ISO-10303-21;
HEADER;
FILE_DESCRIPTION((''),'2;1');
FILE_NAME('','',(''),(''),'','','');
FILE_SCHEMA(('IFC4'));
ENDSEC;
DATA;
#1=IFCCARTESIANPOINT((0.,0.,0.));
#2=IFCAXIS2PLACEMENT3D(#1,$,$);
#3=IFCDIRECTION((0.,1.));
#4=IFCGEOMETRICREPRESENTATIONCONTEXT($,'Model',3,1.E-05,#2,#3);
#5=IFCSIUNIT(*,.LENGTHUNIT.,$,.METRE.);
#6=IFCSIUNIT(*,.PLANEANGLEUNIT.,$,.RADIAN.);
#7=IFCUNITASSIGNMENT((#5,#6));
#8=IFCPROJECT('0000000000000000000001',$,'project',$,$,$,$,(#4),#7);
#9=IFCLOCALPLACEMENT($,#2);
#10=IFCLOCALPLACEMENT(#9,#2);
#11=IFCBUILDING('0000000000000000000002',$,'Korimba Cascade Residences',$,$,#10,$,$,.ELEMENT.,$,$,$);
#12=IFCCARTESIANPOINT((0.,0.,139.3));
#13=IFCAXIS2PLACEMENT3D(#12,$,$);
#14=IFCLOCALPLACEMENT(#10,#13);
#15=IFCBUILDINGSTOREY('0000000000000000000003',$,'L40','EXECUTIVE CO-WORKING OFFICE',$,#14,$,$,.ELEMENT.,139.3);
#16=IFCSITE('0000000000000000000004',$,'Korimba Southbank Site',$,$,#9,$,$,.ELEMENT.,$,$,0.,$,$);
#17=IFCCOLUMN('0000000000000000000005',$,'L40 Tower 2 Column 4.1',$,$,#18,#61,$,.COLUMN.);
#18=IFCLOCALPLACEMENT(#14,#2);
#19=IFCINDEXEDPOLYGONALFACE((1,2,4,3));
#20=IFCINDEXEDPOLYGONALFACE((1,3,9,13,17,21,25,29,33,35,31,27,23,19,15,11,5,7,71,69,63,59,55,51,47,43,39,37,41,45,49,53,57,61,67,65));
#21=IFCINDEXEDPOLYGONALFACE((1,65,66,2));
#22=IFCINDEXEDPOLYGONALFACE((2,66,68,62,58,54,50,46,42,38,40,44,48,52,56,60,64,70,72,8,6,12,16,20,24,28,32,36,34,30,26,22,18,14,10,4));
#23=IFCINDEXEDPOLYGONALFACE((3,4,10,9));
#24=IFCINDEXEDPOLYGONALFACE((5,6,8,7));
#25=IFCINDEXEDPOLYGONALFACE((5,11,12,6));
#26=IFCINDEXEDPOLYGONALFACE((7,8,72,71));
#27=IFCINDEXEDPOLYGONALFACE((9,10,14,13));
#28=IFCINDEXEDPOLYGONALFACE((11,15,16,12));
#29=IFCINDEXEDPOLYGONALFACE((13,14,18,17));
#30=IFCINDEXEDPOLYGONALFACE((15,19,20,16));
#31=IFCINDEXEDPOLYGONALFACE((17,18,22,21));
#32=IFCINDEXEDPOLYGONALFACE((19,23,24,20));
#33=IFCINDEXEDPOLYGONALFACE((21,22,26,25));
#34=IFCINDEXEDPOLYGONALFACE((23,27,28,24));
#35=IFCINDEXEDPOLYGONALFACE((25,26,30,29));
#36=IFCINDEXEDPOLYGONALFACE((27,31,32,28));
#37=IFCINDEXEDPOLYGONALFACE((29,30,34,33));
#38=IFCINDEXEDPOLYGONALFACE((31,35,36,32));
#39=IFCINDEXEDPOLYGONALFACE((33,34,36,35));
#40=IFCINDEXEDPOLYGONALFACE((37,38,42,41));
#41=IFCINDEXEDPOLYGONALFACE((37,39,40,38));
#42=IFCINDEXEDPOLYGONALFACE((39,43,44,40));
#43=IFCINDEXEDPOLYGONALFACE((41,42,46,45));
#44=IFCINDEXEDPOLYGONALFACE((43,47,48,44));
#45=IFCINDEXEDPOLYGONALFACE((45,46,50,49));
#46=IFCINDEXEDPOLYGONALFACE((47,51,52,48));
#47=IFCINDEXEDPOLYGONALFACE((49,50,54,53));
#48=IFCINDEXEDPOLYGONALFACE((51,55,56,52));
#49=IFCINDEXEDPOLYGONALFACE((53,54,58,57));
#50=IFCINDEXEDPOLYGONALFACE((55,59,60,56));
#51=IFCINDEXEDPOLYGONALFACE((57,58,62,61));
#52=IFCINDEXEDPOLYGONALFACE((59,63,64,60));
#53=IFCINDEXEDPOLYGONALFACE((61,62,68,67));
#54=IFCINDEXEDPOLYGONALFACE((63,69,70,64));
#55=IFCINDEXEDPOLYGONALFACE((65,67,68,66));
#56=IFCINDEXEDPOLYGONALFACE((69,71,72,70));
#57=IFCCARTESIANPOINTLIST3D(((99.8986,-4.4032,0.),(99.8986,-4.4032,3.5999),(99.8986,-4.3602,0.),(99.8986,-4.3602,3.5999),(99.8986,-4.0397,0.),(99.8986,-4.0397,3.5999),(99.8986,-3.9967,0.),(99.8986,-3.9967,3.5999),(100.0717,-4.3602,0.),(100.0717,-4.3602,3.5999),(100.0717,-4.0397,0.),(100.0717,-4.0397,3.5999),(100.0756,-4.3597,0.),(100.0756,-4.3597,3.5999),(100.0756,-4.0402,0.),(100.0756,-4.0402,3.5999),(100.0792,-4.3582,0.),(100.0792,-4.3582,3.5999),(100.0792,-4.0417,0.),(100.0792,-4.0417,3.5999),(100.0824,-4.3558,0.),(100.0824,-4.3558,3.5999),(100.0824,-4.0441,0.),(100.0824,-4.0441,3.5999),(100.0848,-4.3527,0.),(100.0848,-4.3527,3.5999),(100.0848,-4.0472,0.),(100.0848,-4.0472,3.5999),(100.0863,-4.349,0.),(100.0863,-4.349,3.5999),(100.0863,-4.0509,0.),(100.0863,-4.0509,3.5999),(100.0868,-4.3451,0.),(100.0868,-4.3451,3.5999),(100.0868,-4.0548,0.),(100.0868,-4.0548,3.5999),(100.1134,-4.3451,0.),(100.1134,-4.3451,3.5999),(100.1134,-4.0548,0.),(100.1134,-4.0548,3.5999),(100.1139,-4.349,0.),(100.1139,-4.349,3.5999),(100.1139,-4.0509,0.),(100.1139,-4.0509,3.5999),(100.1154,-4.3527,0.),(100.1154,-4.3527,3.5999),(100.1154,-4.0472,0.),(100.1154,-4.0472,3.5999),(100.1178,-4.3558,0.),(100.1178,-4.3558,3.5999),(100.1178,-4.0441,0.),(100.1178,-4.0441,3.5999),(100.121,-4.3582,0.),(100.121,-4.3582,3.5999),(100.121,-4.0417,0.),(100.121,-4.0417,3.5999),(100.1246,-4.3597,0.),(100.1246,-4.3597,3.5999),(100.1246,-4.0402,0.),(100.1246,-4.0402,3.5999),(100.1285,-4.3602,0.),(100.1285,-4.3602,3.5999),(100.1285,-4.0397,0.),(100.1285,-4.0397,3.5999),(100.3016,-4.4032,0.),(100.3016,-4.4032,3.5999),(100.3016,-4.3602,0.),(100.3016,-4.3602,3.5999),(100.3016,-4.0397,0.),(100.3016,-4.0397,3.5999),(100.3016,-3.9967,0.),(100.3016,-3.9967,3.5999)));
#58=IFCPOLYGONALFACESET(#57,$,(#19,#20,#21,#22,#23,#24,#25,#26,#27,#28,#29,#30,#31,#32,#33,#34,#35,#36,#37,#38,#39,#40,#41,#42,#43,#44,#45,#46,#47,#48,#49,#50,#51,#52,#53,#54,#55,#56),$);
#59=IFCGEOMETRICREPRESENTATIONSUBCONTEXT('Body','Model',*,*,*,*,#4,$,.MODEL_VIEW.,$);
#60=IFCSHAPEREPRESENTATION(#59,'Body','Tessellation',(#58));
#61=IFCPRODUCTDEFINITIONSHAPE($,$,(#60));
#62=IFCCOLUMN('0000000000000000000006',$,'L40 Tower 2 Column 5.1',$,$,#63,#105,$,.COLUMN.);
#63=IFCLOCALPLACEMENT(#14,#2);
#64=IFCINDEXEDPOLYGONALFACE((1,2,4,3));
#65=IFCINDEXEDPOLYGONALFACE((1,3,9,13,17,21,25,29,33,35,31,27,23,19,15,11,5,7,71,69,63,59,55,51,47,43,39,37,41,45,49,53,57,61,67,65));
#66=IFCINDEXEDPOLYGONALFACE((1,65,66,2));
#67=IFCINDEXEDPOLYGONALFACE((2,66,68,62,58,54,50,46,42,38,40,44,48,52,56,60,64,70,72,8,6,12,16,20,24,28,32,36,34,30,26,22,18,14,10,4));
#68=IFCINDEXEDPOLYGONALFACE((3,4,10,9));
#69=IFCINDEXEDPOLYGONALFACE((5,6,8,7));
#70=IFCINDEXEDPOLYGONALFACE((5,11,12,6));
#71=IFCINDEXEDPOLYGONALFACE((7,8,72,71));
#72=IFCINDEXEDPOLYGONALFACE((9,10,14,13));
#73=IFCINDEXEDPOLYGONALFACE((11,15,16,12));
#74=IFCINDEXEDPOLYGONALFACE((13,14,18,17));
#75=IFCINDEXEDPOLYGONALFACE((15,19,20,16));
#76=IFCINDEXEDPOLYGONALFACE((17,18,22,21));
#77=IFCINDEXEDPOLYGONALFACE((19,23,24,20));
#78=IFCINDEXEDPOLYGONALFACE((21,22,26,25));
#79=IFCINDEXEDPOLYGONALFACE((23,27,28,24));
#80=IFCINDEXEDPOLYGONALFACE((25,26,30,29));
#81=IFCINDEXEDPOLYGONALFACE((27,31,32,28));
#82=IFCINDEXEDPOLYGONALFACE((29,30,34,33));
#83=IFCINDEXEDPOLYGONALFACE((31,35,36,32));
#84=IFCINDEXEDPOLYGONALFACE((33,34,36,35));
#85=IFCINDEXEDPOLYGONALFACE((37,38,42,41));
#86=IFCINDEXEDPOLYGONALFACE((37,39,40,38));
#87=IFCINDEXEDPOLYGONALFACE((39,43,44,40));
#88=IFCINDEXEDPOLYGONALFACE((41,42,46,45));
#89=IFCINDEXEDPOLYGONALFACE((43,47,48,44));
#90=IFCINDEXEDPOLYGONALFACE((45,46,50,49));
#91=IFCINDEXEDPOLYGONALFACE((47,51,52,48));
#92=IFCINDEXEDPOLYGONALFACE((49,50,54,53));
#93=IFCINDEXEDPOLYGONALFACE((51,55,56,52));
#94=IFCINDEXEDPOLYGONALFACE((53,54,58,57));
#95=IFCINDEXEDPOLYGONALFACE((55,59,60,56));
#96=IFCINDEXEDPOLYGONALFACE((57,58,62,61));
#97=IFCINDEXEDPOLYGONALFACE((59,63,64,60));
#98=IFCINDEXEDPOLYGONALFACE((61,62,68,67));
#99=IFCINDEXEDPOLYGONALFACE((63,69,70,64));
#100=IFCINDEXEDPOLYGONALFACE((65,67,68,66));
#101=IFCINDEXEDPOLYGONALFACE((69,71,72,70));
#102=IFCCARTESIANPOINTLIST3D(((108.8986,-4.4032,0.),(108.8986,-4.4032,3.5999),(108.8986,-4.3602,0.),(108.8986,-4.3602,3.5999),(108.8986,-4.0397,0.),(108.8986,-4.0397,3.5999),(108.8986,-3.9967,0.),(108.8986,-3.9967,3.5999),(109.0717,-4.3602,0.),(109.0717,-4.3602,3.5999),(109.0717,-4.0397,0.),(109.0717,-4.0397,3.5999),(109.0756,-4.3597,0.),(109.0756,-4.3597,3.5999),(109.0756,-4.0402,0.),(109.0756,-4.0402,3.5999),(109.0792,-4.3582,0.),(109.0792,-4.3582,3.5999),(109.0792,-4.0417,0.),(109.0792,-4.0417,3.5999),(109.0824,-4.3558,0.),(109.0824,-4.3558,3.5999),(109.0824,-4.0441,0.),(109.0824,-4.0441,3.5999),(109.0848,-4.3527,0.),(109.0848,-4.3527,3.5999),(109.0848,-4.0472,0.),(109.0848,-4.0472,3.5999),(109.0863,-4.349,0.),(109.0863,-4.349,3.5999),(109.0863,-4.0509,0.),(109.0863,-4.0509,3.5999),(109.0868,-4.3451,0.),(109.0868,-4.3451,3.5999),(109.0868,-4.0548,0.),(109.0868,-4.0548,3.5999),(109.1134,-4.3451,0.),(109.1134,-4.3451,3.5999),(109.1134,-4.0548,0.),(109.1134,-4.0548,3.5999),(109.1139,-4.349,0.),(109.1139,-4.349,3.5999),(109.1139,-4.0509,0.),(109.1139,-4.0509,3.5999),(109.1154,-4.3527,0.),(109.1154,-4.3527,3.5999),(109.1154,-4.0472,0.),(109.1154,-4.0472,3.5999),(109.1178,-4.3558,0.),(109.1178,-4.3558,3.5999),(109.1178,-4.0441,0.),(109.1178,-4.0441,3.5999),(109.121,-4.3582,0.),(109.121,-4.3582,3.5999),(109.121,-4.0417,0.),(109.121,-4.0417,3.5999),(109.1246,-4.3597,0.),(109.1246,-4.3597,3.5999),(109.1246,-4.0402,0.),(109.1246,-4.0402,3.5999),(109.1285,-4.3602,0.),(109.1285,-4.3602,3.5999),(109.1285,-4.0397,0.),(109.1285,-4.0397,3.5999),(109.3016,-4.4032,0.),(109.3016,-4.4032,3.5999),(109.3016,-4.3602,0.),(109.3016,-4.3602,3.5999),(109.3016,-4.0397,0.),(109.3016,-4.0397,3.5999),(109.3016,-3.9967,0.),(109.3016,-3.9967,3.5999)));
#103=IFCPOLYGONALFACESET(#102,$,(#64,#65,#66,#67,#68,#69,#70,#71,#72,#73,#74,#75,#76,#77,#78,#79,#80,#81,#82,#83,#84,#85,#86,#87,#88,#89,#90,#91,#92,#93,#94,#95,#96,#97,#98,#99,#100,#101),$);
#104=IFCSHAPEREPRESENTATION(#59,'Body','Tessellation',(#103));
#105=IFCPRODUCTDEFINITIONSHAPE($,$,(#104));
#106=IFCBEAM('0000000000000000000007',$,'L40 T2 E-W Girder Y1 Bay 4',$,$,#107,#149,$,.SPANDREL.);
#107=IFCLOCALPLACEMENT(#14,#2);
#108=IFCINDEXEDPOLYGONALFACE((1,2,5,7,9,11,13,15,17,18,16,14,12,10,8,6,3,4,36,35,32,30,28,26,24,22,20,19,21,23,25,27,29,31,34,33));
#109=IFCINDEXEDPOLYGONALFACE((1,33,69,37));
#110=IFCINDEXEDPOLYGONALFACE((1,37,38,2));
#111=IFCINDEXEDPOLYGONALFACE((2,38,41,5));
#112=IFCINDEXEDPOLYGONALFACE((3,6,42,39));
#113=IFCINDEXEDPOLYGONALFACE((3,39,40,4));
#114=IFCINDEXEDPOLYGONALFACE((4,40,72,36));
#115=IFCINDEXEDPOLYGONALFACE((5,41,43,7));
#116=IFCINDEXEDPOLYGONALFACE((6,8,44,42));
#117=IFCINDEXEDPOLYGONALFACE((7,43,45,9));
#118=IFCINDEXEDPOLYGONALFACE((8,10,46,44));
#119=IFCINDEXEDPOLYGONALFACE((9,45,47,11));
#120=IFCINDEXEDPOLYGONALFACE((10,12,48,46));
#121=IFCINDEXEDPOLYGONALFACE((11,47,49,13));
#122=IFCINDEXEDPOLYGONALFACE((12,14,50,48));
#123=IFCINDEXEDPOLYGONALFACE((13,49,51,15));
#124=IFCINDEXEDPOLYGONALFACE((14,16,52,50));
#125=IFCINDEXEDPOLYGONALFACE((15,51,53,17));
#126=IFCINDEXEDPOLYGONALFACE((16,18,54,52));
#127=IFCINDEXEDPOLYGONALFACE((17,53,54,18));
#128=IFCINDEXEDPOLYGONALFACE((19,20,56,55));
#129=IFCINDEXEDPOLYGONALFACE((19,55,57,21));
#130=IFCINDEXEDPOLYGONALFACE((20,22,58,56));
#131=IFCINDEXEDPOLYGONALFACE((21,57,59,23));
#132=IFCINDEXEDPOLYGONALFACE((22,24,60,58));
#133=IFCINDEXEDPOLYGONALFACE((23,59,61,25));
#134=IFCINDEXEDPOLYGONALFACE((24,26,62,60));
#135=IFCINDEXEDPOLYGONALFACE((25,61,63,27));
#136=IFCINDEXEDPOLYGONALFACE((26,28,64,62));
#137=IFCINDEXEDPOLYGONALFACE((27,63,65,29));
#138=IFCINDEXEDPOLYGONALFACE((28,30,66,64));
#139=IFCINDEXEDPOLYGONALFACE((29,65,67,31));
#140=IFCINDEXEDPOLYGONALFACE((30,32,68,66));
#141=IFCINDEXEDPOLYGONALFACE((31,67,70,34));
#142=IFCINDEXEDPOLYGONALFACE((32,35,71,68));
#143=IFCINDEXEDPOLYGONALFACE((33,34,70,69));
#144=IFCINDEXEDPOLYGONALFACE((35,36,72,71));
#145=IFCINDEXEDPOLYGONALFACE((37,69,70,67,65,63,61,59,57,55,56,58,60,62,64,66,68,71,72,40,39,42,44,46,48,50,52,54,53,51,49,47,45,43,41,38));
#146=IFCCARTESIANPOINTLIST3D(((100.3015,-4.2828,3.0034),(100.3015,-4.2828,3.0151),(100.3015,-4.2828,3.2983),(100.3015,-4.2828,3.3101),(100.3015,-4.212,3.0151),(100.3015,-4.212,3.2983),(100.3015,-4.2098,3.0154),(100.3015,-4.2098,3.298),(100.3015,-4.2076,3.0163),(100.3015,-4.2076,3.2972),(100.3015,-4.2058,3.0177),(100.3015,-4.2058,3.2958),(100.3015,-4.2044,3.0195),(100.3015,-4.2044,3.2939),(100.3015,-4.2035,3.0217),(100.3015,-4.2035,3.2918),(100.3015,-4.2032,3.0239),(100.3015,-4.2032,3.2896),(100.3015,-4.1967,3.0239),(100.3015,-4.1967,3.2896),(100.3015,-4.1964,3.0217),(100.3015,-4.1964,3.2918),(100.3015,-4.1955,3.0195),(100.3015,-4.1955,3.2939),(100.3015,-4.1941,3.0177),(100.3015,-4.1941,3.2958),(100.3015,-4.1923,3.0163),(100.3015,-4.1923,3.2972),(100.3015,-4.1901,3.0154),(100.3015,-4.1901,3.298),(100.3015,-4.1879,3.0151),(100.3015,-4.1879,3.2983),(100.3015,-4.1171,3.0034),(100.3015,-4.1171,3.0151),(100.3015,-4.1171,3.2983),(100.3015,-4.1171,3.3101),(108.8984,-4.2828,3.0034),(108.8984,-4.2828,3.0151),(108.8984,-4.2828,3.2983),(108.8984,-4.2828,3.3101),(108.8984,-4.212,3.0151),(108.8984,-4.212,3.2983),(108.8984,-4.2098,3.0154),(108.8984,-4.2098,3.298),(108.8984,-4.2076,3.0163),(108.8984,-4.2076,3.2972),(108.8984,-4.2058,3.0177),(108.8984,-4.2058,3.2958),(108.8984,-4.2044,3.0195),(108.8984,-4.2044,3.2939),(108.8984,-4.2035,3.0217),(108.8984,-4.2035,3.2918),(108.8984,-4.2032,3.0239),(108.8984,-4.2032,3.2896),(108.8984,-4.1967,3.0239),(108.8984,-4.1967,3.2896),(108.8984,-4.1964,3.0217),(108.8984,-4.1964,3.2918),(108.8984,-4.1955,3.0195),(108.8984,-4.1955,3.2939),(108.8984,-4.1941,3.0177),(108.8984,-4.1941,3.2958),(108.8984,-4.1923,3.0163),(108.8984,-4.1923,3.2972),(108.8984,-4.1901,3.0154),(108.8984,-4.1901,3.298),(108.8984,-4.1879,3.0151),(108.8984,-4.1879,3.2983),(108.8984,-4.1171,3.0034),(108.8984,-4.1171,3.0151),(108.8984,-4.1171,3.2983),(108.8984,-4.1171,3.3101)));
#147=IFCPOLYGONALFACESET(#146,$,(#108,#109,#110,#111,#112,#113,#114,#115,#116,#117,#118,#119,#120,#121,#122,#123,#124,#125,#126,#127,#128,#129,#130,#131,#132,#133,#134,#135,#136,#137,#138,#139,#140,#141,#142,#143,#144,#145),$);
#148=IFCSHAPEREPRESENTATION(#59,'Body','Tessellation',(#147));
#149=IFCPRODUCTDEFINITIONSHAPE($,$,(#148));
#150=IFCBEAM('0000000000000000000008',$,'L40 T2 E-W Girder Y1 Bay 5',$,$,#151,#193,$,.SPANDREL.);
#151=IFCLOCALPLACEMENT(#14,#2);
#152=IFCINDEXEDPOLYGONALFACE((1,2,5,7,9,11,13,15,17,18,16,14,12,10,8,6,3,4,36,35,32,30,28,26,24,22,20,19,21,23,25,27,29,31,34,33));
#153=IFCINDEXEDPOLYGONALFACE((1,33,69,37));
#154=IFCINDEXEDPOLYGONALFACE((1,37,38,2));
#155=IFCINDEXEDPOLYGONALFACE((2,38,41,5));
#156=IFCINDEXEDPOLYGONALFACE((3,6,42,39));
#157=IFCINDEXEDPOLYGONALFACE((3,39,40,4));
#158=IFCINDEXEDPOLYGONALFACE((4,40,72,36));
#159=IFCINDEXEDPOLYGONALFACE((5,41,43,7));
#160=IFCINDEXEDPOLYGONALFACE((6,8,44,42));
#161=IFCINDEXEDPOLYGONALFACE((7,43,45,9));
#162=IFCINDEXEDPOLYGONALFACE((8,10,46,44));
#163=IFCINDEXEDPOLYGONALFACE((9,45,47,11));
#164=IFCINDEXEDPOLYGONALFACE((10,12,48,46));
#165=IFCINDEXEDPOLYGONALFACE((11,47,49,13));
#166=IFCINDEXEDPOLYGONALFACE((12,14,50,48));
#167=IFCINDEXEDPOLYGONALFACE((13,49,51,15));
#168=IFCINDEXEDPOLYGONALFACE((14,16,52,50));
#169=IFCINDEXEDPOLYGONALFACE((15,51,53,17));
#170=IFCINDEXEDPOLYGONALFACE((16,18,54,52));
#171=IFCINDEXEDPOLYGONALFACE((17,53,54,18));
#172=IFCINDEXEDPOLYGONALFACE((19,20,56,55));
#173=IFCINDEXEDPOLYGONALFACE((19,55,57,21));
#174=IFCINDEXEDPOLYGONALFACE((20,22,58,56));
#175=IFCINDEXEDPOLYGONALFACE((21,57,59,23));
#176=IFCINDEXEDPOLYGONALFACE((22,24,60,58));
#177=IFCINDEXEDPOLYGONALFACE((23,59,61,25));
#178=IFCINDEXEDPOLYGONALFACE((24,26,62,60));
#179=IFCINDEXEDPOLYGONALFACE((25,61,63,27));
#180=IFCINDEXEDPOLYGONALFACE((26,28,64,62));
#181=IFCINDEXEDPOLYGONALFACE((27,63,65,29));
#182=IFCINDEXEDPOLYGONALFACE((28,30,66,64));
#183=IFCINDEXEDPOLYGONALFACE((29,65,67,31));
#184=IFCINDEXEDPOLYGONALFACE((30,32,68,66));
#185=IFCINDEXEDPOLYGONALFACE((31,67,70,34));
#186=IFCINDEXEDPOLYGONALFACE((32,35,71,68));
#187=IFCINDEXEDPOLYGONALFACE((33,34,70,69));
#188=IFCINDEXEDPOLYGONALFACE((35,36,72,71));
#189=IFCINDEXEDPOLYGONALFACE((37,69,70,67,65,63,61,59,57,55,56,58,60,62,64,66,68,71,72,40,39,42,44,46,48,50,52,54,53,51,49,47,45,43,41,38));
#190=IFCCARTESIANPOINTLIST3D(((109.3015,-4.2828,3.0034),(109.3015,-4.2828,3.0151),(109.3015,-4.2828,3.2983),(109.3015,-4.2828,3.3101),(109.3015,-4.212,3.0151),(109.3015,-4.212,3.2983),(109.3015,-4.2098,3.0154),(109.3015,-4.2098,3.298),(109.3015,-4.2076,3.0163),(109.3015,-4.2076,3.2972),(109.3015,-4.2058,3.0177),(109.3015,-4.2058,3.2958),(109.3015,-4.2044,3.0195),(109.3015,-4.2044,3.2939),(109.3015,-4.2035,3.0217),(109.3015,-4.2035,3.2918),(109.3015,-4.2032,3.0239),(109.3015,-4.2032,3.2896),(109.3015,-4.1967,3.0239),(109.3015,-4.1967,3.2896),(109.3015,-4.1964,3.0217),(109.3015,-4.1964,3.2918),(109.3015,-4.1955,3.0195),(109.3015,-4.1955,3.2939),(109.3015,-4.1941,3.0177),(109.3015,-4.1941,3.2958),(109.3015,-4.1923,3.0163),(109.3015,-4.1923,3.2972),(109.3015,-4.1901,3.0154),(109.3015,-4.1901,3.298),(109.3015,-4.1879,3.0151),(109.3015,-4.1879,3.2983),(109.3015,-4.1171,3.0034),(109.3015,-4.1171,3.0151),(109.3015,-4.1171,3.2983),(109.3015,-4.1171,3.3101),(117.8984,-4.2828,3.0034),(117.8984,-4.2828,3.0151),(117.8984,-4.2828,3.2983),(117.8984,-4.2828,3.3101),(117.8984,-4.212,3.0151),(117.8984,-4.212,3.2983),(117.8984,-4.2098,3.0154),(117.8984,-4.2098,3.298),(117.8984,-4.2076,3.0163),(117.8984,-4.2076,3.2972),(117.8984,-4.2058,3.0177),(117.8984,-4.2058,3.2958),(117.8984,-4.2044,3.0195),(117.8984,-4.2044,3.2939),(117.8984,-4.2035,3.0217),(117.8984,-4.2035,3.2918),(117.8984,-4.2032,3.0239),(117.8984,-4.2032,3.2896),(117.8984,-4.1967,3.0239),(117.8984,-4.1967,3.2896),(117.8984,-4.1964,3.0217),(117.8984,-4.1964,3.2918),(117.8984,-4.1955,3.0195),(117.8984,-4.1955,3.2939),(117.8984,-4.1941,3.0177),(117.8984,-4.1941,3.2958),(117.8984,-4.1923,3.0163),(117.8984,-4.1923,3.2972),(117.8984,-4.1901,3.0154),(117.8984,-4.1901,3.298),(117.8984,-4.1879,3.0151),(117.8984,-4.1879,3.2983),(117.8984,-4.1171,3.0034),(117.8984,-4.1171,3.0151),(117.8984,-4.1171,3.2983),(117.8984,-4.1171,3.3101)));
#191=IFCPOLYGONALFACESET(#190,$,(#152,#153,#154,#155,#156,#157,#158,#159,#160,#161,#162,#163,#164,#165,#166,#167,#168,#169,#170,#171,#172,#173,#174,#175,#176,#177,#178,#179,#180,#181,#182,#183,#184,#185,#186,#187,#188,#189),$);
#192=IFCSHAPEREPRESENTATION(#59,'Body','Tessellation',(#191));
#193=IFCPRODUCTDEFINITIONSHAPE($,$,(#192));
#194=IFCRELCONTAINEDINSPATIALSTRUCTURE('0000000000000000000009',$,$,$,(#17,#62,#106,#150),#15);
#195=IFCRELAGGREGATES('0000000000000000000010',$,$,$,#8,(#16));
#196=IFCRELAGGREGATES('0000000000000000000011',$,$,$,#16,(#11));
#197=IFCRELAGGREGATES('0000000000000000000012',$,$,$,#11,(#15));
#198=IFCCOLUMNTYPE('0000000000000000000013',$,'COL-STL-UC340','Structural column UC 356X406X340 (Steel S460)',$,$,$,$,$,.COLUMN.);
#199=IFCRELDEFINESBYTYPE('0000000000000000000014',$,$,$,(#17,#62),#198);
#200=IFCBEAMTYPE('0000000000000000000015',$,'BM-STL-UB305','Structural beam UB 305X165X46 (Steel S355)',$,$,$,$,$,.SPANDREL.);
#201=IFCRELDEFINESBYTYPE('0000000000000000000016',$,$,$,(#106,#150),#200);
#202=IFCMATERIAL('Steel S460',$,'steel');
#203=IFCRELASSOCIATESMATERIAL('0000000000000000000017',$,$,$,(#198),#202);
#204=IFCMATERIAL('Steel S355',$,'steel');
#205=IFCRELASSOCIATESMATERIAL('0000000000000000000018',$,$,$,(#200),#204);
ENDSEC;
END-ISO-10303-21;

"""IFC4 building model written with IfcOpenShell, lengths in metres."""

from ifc_helpers import new_model, si_unit, direction, frame, origin, origin_2d, place, context, subcontext, project, spatial, i_section, extrude, material, material_profile, profile_set, type_object, element, save


model = new_model("IFC4")

# Units and contexts
model_context = context("Model", 3, precision=1e-05, world=origin(), true_north=direction((0.0, 1.0)))
body_context = subcontext(model_context, "Body", "Model", "MODEL_VIEW")
ifc_project = project(units=[si_unit("LENGTHUNIT", "METRE"), si_unit("PLANEANGLEUNIT", "RADIAN")], contexts=[model_context])

# Site, building, storey
site_placement = place(None, origin())
site = spatial("IfcSite", under=ifc_project, at=site_placement, Name="Korimba Southbank Site", CompositionType="ELEMENT", RefElevation=0.0)
building_placement = place(site_placement, origin())
building = spatial("IfcBuilding", under=site, at=building_placement, Name="Korimba Cascade Residences", CompositionType="ELEMENT")
storey_placement = place(building_placement, frame((0.0, 0.0, 139.3)))
storey = spatial("IfcBuildingStorey", under=building, at=storey_placement, Name="L40", Description="EXECUTIVE CO-WORKING OFFICE", CompositionType="ELEMENT", Elevation=139.3)

# Columns
ifc_material_1 = material(Name="Steel S460", Category="steel")
ifc_material_profile_1 = material_profile(ifc_material_1, i_section(OverallWidth=0.4031, OverallDepth=0.4065, WebThickness=0.0266, FlangeThickness=0.043, FilletRadius=0.0151, at=origin_2d()), Name="Steel S460")
ifc_profile_set_1 = profile_set([ifc_material_profile_1], Name="Steel S460")
column_type = type_object("IfcColumnType", Name="COL-STL-UC340", Description="Structural column UC 356X406X340 (Steel S460)", PredefinedType="COLUMN", material=ifc_profile_set_1)
for number, where, z_axis, x_axis, name in (
    (1, (100.1001, -4.2, 0.0), (0.0, 0.0, 1.0), (1.0, 0.0, 0.0), "L40 Tower 2 Column 4.1"),
    (2, (109.1001, -4.2, 0.0), (0.0, 0.0, 1.0), (1.0, 0.0, 0.0), "L40 Tower 2 Column 5.1"),
):
    element("IfcColumn", number, at=place(storey_placement, frame(where, z_axis=z_axis, x_axis=x_axis)), inside=storey, type_object=column_type, Name=name, PredefinedType="COLUMN", context=body_context, shape_type="SweptSolid", body=[
        extrude(i_section(OverallWidth=0.4031, OverallDepth=0.4065, WebThickness=0.0266, FlangeThickness=0.043, FilletRadius=0.0151, at=origin_2d()), origin(), (0.0, 0.0, 1.0), 3.5999),
    ])

# Beams
ifc_material_2 = material(Name="Steel S355", Category="steel")
ifc_material_profile_2 = material_profile(ifc_material_2, i_section(OverallWidth=0.1658, OverallDepth=0.3066, WebThickness=0.0066, FlangeThickness=0.0117, FilletRadius=0.0088, at=origin_2d()), Name="Steel S355")
ifc_profile_set_2 = profile_set([ifc_material_profile_2], Name="Steel S355")
beam_type_1 = type_object("IfcBeamType", Name="BM-STL-UB305", Description="Structural beam UB 305X165X46 (Steel S355)", PredefinedType="SPANDREL", material=ifc_profile_set_2)
for number, where, z_axis, x_axis, name in (
    (3, (100.3015, -4.2, 3.1567), (1.0, 0.0, 0.0), (0.0, 1.0, 0.0), "L40 T2 E-W Girder Y1 Bay 4"),
    (4, (109.3015, -4.2, 3.1567), (1.0, 0.0, 0.0), (0.0, 1.0, 0.0), "L40 T2 E-W Girder Y1 Bay 5"),
):
    element("IfcBeam", number, at=place(storey_placement, frame(where, z_axis=z_axis, x_axis=x_axis)), inside=storey, type_object=beam_type_1, Name=name, PredefinedType="SPANDREL", context=body_context, shape_type="SweptSolid", body=[
        extrude(i_section(OverallWidth=0.1658, OverallDepth=0.3066, WebThickness=0.0066, FlangeThickness=0.0117, FilletRadius=0.0088, at=origin_2d()), origin(), (0.0, 0.0, 1.0), 8.5969),
    ])

save(model, "model.ifc")
